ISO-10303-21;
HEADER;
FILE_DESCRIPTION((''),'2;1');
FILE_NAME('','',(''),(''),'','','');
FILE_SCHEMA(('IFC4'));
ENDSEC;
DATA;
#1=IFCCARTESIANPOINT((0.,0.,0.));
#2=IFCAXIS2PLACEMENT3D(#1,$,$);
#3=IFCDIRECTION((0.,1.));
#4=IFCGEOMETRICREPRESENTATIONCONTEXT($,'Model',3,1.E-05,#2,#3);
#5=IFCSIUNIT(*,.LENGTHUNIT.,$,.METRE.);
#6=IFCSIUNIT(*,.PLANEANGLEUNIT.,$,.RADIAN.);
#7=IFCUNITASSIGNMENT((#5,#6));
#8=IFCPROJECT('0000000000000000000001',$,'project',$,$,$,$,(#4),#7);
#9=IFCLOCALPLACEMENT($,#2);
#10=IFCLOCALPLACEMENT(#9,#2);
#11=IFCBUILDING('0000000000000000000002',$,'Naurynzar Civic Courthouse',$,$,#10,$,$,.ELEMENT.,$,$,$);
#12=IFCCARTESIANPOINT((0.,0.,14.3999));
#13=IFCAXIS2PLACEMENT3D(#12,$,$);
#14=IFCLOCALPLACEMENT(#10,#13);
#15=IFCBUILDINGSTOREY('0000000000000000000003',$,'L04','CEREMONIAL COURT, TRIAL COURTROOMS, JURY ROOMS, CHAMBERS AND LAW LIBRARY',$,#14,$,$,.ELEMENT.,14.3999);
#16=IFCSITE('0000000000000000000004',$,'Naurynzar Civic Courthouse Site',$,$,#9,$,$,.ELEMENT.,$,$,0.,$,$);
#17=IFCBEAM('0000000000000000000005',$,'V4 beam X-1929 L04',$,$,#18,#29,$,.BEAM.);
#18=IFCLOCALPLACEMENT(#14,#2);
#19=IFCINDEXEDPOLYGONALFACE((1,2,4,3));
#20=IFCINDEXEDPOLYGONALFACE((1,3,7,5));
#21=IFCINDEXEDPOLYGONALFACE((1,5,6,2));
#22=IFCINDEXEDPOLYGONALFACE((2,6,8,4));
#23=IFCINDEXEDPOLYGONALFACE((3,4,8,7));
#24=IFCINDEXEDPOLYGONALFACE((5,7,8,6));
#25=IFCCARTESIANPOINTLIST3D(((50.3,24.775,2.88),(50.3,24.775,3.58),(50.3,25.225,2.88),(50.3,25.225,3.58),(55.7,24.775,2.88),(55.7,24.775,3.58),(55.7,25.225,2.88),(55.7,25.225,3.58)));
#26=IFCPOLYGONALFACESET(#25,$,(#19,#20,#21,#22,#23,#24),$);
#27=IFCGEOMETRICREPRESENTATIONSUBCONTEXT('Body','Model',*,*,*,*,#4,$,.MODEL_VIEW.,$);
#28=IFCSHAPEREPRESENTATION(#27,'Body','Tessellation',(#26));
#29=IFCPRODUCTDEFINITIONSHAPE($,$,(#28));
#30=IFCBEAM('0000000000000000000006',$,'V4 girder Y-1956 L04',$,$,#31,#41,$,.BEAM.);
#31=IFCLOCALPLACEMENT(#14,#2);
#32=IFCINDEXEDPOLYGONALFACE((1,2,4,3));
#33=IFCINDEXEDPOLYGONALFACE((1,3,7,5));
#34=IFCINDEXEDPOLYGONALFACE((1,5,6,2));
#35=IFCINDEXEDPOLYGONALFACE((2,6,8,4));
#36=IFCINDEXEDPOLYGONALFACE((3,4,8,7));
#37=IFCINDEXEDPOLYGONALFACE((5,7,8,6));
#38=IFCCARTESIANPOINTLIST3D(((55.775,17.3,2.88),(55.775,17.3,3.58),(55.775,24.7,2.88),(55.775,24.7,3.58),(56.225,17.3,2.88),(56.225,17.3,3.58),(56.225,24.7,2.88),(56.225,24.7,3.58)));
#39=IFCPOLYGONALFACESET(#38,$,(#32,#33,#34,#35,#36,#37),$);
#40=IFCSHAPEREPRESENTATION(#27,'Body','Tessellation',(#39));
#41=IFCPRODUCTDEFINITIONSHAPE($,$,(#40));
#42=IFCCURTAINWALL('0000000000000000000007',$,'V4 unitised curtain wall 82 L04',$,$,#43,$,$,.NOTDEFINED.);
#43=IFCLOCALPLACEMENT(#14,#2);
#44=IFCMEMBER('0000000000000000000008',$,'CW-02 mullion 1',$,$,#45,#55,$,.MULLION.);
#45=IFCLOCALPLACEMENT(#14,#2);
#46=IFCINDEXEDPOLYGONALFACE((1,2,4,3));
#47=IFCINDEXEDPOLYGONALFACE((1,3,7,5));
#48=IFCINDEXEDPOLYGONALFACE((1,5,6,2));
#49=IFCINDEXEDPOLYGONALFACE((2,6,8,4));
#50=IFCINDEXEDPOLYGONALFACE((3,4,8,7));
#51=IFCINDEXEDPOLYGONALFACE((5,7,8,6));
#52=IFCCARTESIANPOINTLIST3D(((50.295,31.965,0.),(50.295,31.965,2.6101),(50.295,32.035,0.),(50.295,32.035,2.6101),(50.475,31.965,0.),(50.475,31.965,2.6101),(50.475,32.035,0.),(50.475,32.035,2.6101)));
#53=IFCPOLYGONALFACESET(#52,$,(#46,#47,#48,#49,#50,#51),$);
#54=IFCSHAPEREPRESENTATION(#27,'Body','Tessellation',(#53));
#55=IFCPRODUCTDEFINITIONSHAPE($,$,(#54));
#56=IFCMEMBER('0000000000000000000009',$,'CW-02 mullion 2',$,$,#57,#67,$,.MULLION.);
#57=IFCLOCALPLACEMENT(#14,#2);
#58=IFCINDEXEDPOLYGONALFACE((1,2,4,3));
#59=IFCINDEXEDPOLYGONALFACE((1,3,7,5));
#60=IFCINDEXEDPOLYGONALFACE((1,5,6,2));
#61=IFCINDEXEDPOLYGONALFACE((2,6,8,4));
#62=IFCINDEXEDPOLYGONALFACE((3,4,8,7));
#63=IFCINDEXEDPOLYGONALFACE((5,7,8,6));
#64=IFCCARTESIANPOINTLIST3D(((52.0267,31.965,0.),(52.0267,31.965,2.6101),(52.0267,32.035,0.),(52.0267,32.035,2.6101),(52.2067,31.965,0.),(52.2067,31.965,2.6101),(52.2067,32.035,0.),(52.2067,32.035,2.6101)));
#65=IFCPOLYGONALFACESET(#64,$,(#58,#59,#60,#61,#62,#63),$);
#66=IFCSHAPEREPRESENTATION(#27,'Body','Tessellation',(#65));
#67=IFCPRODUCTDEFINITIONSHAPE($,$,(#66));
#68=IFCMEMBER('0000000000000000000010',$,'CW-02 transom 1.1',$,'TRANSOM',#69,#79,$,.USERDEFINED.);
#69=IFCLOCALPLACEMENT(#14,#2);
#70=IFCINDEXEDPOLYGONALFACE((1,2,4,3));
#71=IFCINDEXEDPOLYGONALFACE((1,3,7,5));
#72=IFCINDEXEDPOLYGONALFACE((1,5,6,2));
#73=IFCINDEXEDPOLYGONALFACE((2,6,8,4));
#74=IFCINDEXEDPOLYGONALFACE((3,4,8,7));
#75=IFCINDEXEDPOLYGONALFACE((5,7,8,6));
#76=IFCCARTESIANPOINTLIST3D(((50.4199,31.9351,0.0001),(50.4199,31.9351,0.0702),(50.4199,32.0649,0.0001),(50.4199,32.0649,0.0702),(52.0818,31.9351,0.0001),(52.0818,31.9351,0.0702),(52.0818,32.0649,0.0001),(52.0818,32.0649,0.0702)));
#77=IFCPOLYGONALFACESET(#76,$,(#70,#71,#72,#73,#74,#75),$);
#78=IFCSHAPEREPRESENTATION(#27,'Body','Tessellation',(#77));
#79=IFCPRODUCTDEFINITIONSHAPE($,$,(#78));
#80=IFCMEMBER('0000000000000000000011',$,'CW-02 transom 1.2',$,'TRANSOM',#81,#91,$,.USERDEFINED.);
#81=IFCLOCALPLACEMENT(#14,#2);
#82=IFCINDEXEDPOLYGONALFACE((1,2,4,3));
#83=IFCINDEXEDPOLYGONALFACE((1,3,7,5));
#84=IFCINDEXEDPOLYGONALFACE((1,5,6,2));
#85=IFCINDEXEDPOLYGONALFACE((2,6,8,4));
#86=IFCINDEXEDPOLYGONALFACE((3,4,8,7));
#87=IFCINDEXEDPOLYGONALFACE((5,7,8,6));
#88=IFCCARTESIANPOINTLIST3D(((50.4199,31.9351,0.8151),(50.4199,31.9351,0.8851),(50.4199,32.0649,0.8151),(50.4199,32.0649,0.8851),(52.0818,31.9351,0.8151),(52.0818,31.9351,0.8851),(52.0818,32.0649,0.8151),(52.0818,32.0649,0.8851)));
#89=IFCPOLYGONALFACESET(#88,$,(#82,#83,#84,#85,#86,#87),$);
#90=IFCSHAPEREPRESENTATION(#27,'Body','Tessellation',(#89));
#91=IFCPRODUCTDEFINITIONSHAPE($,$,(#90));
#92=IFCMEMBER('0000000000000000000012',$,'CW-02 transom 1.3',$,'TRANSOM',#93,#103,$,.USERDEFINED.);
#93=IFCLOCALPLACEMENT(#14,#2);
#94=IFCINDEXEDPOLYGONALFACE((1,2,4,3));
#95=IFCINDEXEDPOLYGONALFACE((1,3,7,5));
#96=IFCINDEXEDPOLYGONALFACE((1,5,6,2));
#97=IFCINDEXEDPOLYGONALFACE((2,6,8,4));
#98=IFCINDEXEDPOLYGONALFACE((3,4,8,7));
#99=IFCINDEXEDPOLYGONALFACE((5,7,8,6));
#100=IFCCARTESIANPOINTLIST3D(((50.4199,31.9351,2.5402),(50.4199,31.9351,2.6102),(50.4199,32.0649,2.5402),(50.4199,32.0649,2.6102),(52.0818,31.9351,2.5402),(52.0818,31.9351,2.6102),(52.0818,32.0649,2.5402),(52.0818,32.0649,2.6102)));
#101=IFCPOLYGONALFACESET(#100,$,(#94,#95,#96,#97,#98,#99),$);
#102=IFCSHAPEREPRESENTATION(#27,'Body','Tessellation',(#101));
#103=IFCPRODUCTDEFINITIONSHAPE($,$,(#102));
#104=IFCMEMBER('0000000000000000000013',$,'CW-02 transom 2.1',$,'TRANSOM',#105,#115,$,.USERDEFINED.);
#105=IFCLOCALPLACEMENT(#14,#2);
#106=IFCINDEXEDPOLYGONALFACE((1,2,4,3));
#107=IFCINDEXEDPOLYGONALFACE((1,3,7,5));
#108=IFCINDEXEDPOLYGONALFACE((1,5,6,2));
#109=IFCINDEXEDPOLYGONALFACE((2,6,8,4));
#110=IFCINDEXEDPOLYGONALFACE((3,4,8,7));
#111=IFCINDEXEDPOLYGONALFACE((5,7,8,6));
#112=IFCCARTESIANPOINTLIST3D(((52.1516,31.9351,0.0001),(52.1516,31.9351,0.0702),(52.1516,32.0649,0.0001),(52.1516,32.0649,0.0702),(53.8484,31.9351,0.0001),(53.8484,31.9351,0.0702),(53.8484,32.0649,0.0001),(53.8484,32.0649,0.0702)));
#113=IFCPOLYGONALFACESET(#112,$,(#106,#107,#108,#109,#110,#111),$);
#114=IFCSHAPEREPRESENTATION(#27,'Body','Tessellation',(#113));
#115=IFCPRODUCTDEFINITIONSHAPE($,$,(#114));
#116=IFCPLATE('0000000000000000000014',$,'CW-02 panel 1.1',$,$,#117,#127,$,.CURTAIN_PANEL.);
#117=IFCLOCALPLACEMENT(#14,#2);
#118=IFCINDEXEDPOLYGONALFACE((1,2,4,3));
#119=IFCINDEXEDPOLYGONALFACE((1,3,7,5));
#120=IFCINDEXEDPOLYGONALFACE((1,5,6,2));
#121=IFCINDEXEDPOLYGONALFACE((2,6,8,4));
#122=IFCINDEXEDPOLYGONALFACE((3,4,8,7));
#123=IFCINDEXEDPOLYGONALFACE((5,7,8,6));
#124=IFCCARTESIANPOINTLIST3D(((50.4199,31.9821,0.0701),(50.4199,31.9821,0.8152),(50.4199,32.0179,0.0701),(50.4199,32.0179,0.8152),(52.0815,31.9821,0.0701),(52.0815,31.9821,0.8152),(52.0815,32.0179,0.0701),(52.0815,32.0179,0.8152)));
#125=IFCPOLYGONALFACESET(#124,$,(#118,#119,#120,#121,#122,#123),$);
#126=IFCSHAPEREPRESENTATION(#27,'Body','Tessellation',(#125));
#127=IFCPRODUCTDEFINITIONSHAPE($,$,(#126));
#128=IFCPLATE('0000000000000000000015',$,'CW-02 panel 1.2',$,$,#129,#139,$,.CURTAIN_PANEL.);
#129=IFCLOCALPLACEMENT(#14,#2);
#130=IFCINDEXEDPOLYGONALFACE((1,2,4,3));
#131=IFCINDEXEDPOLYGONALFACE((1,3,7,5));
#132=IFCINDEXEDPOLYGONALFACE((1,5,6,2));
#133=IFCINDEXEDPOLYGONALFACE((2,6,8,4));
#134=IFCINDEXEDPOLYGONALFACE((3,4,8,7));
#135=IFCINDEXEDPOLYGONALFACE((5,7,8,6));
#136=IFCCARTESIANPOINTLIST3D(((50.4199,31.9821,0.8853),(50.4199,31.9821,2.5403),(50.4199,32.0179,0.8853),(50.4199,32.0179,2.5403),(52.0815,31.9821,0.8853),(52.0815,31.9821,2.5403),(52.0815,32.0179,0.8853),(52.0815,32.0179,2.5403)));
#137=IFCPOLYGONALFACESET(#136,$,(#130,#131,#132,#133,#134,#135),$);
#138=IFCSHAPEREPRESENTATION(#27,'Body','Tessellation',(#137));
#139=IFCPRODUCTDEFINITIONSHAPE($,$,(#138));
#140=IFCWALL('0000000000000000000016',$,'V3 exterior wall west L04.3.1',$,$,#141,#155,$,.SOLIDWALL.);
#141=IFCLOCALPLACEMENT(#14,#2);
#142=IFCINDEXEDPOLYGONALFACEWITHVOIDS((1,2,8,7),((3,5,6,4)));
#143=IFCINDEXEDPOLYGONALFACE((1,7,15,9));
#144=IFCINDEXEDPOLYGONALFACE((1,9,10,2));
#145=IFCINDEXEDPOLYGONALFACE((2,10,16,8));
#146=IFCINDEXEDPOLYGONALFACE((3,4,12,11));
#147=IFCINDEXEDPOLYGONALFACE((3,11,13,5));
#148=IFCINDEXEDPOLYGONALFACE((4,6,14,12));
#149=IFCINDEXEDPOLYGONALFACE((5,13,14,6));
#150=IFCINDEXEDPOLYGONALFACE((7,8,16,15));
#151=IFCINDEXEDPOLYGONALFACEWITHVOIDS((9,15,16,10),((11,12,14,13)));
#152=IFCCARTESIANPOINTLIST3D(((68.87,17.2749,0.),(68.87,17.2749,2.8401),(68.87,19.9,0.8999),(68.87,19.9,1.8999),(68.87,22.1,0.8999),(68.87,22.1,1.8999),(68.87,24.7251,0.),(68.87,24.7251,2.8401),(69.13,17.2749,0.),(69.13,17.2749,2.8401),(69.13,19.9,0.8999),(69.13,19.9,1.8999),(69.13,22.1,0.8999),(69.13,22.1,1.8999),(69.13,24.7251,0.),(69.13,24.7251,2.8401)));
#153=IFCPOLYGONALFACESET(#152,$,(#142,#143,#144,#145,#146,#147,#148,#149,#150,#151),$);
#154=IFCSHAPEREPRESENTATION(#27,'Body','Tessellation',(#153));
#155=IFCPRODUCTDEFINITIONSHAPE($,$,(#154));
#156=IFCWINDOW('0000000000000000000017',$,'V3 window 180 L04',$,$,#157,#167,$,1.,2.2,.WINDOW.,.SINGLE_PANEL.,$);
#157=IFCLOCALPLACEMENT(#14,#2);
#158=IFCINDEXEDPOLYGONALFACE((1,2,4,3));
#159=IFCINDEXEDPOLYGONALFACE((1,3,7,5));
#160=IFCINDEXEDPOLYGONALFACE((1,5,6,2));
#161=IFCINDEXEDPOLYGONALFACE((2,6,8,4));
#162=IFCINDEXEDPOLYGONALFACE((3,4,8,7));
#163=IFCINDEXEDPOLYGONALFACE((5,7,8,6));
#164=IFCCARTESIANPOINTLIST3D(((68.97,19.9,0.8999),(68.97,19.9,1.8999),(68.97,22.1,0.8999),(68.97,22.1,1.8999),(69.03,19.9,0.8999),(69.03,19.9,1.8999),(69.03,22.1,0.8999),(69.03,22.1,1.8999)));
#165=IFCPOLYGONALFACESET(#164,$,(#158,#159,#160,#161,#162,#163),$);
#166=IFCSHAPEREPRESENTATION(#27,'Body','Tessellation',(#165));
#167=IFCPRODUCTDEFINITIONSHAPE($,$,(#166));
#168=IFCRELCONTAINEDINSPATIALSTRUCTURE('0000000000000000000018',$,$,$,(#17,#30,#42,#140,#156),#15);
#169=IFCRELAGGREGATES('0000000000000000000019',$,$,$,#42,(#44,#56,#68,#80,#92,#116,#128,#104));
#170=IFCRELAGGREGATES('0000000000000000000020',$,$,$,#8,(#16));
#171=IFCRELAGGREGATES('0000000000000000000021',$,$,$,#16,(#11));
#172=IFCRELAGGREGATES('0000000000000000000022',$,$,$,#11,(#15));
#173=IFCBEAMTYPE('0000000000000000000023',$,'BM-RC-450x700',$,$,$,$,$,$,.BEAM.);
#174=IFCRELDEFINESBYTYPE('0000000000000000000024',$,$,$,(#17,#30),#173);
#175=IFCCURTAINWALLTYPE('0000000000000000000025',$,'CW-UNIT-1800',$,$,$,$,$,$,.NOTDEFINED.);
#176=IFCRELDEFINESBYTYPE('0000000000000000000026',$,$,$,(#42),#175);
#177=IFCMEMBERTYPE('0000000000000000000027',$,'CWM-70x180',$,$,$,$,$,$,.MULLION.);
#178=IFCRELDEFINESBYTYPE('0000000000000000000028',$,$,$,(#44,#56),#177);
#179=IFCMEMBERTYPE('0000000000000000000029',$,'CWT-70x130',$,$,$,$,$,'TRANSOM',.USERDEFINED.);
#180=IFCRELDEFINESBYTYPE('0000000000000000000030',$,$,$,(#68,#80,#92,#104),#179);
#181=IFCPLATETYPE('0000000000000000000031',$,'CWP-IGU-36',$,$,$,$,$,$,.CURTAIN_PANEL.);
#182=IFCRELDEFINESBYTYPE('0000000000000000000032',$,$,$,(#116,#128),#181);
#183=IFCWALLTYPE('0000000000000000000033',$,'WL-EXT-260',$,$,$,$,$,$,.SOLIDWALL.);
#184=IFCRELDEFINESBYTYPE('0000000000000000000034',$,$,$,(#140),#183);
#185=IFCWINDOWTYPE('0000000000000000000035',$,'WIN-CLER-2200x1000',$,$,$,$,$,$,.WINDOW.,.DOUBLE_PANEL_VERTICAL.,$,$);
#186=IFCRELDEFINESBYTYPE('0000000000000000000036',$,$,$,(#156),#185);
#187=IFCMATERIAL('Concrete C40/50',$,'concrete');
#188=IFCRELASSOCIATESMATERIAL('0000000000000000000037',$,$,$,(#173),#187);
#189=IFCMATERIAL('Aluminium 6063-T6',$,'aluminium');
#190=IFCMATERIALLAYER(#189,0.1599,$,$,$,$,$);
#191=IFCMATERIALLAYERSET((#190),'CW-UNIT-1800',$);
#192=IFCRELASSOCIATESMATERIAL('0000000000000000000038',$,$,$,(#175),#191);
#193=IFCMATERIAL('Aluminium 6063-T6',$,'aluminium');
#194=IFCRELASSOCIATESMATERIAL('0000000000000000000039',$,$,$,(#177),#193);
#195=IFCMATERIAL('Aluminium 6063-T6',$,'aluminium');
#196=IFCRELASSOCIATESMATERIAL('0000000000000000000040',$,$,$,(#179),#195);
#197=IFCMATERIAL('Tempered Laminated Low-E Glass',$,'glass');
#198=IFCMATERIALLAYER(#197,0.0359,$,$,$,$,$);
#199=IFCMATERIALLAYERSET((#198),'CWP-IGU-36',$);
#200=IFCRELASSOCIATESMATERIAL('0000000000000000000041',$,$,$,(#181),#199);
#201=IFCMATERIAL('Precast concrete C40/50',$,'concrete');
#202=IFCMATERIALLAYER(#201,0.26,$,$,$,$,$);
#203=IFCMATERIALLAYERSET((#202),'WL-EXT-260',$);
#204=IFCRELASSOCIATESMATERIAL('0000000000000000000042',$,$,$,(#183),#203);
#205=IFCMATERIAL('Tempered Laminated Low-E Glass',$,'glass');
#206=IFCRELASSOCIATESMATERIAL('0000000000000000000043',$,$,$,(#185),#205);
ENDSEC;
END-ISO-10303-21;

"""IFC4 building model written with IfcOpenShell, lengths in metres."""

from ifc_helpers import new_model, si_unit, direction, frame, frame_2d, origin, origin_2d, place, context, subcontext, project, spatial, rectangle, extrude, material, layer, layer_set, material_profile, profile_set, type_object, element, fill, aggregate, save


model = new_model("IFC4")

# Units and contexts
model_context = context("Model", 3, precision=1e-05, world=origin(), true_north=direction((0.0, 1.0)))
body_context = subcontext(model_context, "Body", "Model", "MODEL_VIEW")
ifc_project = project(units=[si_unit("LENGTHUNIT", "METRE"), si_unit("PLANEANGLEUNIT", "RADIAN")], contexts=[model_context])

# Site, building, storey
site_placement = place(None, origin())
site = spatial("IfcSite", under=ifc_project, at=site_placement, Name="Naurynzar Civic Courthouse Site", CompositionType="ELEMENT", RefElevation=0.0)
building_placement = place(site_placement, origin())
building = spatial("IfcBuilding", under=site, at=building_placement, Name="Naurynzar Civic Courthouse", CompositionType="ELEMENT")
storey_placement = place(building_placement, frame((0.0, 0.0, 14.3999)))
storey = spatial("IfcBuildingStorey", under=building, at=storey_placement, Name="L04", Description="CEREMONIAL COURT, TRIAL COURTROOMS, JURY ROOMS, CHAMBERS AND LAW LIBRARY", CompositionType="ELEMENT", Elevation=14.3999)

# Beams
ifc_material_1 = material(Name="Concrete C40/50", Category="concrete")
ifc_material_profile_1 = material_profile(ifc_material_1, rectangle(XDim=0.45, YDim=0.7, at=origin_2d()), Name="RCB 450x700")
ifc_profile_set_1 = profile_set([ifc_material_profile_1], Name="Concrete C40/50")
beam_type_1 = type_object("IfcBeamType", Name="BM-RC-450x700", PredefinedType="BEAM", material=ifc_profile_set_1)
beam_1_placement = place(storey_placement, frame((50.3, 25.0, 3.23), z_axis=(1.0, 0.0, 0.0), x_axis=(0.0, 1.0, 0.0)))
element("IfcBeam", 1, at=beam_1_placement, inside=storey, type_object=beam_type_1, Name="V4 beam X-1929 L04", PredefinedType="BEAM", context=body_context, shape_type="SweptSolid", body=[
    extrude(rectangle(XDim=0.45, YDim=0.7, at=origin_2d()), origin(), (0.0, 0.0, 1.0), 5.3999),
])
beam_2_placement = place(storey_placement, frame((56.0, 17.3, 3.23), z_axis=(0.0, 1.0, 0.0), x_axis=(-1.0, 0.0, 0.0)))
element("IfcBeam", 2, at=beam_2_placement, inside=storey, type_object=beam_type_1, Name="V4 girder Y-1956 L04", PredefinedType="BEAM", context=body_context, shape_type="SweptSolid", body=[
    extrude(rectangle(XDim=0.45, YDim=0.7, at=origin_2d()), origin(), (0.0, 0.0, 1.0), 7.3999),
])

# Curtain wall, members, plates
ifc_material_2 = material(Name="Aluminium 6063-T6", Category="aluminium")
ifc_layer_1 = layer(ifc_material_2, 0.1599)
ifc_layer_set_1 = layer_set([ifc_layer_1], Name="CW-UNIT-1800")
curtain_wall_type = type_object("IfcCurtainWallType", Name="CW-UNIT-1800", PredefinedType="NOTDEFINED", material=ifc_layer_set_1)
curtain_wall_placement = place(storey_placement, origin())
curtain_wall = element("IfcCurtainWall", 3, at=curtain_wall_placement, inside=storey, type_object=curtain_wall_type, Name="V4 unitised curtain wall 82 L04", PredefinedType="NOTDEFINED")
ifc_material_3 = material(Name="Aluminium 6063-T6", Category="aluminium")
ifc_material_profile_2 = material_profile(ifc_material_3, rectangle(XDim=0.0701, YDim=0.1799, at=origin_2d()), Name="ALU MULLION 70x180")
ifc_profile_set_2 = profile_set([ifc_material_profile_2], Name="Aluminium 6063-T6")
member_type_1 = type_object("IfcMemberType", Name="CWM-70x180", PredefinedType="MULLION", material=ifc_profile_set_2)
member_1_placement = place(storey_placement, frame((50.385, 32.0, 0.0), z_axis=(0.0, 0.0, 1.0), x_axis=(0.0, 1.0, 0.0)))
member_1 = element("IfcMember", 4, at=member_1_placement, type_object=member_type_1, Name="CW-02 mullion 1", PredefinedType="MULLION", context=body_context, shape_type="SweptSolid", body=[
    extrude(rectangle(XDim=0.0701, YDim=0.1799, at=origin_2d()), origin(), (0.0, 0.0, 1.0), 2.6101),
])
member_2_placement = place(storey_placement, frame((52.1167, 32.0, 0.0), z_axis=(0.0, 0.0, 1.0), x_axis=(0.0, 1.0, 0.0)))
member_2 = element("IfcMember", 5, at=member_2_placement, type_object=member_type_1, Name="CW-02 mullion 2", PredefinedType="MULLION", context=body_context, shape_type="SweptSolid", body=[
    extrude(rectangle(XDim=0.0701, YDim=0.1799, at=origin_2d()), origin(), (0.0, 0.0, 1.0), 2.6101),
])
ifc_material_4 = material(Name="Aluminium 6063-T6", Category="aluminium")
ifc_material_profile_3 = material_profile(ifc_material_4, rectangle(XDim=0.1299, YDim=0.0701, at=origin_2d()), Name="ALU TRANSOM 70x130")
ifc_profile_set_3 = profile_set([ifc_material_profile_3], Name="Aluminium 6063-T6")
member_type_2 = type_object("IfcMemberType", Name="CWT-70x130", ElementType="TRANSOM", PredefinedType="USERDEFINED", material=ifc_profile_set_3)
member_3_placement = place(storey_placement, frame((50.4199, 32.0, 0.0352), z_axis=(1.0, 0.0, 0.0), x_axis=(0.0, 1.0, 0.0)))
member_3 = element("IfcMember", 6, at=member_3_placement, type_object=member_type_2, Name="CW-02 transom 1.1", ObjectType="TRANSOM", PredefinedType="USERDEFINED", context=body_context, shape_type="SweptSolid", body=[
    extrude(rectangle(XDim=0.1299, YDim=0.0701, at=origin_2d()), origin(), (0.0, 0.0, 1.0), 1.6619),
])
member_4_placement = place(storey_placement, frame((50.4199, 32.0, 0.8501), z_axis=(1.0, 0.0, 0.0), x_axis=(0.0, 1.0, 0.0)))
member_4 = element("IfcMember", 7, at=member_4_placement, type_object=member_type_2, Name="CW-02 transom 1.2", ObjectType="TRANSOM", PredefinedType="USERDEFINED", context=body_context, shape_type="SweptSolid", body=[
    extrude(rectangle(XDim=0.1299, YDim=0.0701, at=origin_2d()), origin(), (0.0, 0.0, 1.0), 1.6619),
])
member_5_placement = place(storey_placement, frame((50.4199, 32.0, 2.5752), z_axis=(1.0, 0.0, 0.0), x_axis=(0.0, 1.0, 0.0)))
member_5 = element("IfcMember", 8, at=member_5_placement, type_object=member_type_2, Name="CW-02 transom 1.3", ObjectType="TRANSOM", PredefinedType="USERDEFINED", context=body_context, shape_type="SweptSolid", body=[
    extrude(rectangle(XDim=0.1299, YDim=0.0701, at=origin_2d()), origin(), (0.0, 0.0, 1.0), 1.6619),
])
member_6_placement = place(storey_placement, frame((52.1516, 32.0, 0.0352), z_axis=(1.0, 0.0, 0.0), x_axis=(0.0, 1.0, 0.0)))
member_6 = element("IfcMember", 9, at=member_6_placement, type_object=member_type_2, Name="CW-02 transom 2.1", ObjectType="TRANSOM", PredefinedType="USERDEFINED", context=body_context, shape_type="SweptSolid", body=[
    extrude(rectangle(XDim=0.1299, YDim=0.0701, at=origin_2d()), origin(), (0.0, 0.0, 1.0), 1.6968),
])
ifc_material_5 = material(Name="Tempered Laminated Low-E Glass", Category="glass")
ifc_layer_2 = layer(ifc_material_5, 0.0359)
ifc_layer_set_2 = layer_set([ifc_layer_2], Name="CWP-IGU-36")
plate_type = type_object("IfcPlateType", Name="CWP-IGU-36", PredefinedType="CURTAIN_PANEL", material=ifc_layer_set_2)
plate_1_placement = place(storey_placement, frame((51.2507, 32.0, 0.0701), z_axis=(0.0, 0.0, 1.0), x_axis=(1.0, 0.0, 0.0)))
plate_1 = element("IfcPlate", 10, at=plate_1_placement, type_object=plate_type, Name="CW-02 panel 1.1", PredefinedType="CURTAIN_PANEL", context=body_context, shape_type="SweptSolid", body=[
    extrude(rectangle(XDim=1.6616, YDim=0.0359, at=origin_2d()), origin(), (0.0, 0.0, 1.0), 0.7451),
])
plate_2_placement = place(storey_placement, frame((51.2507, 32.0, 0.8853), z_axis=(0.0, 0.0, 1.0), x_axis=(1.0, 0.0, 0.0)))
plate_2 = element("IfcPlate", 11, at=plate_2_placement, type_object=plate_type, Name="CW-02 panel 1.2", PredefinedType="CURTAIN_PANEL", context=body_context, shape_type="SweptSolid", body=[
    extrude(rectangle(XDim=1.6616, YDim=0.0359, at=origin_2d()), origin(), (0.0, 0.0, 1.0), 1.655),
])
aggregate(curtain_wall, [member_1, member_2, member_3, member_4, member_5, plate_1, plate_2, member_6])

# Wall, opening, window
ifc_material_6 = material(Name="Precast concrete C40/50", Category="concrete")
ifc_layer_3 = layer(ifc_material_6, 0.26)
ifc_layer_set_3 = layer_set([ifc_layer_3], Name="WL-EXT-260")
wall_type_1 = type_object("IfcWallType", Name="WL-EXT-260", PredefinedType="SOLIDWALL", material=ifc_layer_set_3)
wall_1_placement = place(storey_placement, frame((69.0, 17.2749, 0.0), z_axis=(0.0, 0.0, 1.0), x_axis=(0.0, 1.0, 0.0)))
wall_1 = element("IfcWall", 12, at=wall_1_placement, inside=storey, type_object=wall_type_1, Name="V3 exterior wall west L04.3.1", PredefinedType="SOLIDWALL", context=body_context, shape_type="SweptSolid", body=[
    extrude(rectangle(XDim=7.4502, YDim=0.26, at=frame_2d((3.7251, 0.0))), origin(), (0.0, 0.0, 1.0), 2.8401),
])
opening_1_placement = place(wall_1_placement, frame((2.625, 0.0, 0.8999)))
opening_1 = element("IfcOpeningElement", 13, at=opening_1_placement, cuts=wall_1, PredefinedType="OPENING", context=body_context, shape_type="SweptSolid", body=[
    extrude(rectangle(XDim=2.2, YDim=1.0, at=frame_2d((1.1001, 0.5))), frame((0.0, 0.1399, 0.0), z_axis=(0.0, -1.0, 0.0), x_axis=(1.0, 0.0, 0.0)), (0.0, 0.0, 1.0), 0.28),
])
ifc_material_7 = material(Name="Tempered Laminated Low-E Glass", Category="glass")
window_type = type_object("IfcWindowType", Name="WIN-CLER-2200x1000", PartitioningType="DOUBLE_PANEL_VERTICAL", PredefinedType="WINDOW", material=ifc_material_7)
window_1_placement = place(opening_1_placement, origin())
window_1 = element("IfcWindow", 14, at=window_1_placement, inside=storey, type_object=window_type, Name="V3 window 180 L04", OverallHeight=1.0, OverallWidth=2.2, PartitioningType="SINGLE_PANEL", PredefinedType="WINDOW", context=body_context, shape_type="SweptSolid", body=[
    extrude(rectangle(XDim=2.2, YDim=1.0, at=frame_2d((1.1001, 0.5))), frame((0.0, 0.03, 0.0), z_axis=(0.0, -1.0, 0.0), x_axis=(1.0, 0.0, 0.0)), (0.0, 0.0, 1.0), 0.0601),
])
fill(opening_1, window_1)

save(model, "model.ifc")
